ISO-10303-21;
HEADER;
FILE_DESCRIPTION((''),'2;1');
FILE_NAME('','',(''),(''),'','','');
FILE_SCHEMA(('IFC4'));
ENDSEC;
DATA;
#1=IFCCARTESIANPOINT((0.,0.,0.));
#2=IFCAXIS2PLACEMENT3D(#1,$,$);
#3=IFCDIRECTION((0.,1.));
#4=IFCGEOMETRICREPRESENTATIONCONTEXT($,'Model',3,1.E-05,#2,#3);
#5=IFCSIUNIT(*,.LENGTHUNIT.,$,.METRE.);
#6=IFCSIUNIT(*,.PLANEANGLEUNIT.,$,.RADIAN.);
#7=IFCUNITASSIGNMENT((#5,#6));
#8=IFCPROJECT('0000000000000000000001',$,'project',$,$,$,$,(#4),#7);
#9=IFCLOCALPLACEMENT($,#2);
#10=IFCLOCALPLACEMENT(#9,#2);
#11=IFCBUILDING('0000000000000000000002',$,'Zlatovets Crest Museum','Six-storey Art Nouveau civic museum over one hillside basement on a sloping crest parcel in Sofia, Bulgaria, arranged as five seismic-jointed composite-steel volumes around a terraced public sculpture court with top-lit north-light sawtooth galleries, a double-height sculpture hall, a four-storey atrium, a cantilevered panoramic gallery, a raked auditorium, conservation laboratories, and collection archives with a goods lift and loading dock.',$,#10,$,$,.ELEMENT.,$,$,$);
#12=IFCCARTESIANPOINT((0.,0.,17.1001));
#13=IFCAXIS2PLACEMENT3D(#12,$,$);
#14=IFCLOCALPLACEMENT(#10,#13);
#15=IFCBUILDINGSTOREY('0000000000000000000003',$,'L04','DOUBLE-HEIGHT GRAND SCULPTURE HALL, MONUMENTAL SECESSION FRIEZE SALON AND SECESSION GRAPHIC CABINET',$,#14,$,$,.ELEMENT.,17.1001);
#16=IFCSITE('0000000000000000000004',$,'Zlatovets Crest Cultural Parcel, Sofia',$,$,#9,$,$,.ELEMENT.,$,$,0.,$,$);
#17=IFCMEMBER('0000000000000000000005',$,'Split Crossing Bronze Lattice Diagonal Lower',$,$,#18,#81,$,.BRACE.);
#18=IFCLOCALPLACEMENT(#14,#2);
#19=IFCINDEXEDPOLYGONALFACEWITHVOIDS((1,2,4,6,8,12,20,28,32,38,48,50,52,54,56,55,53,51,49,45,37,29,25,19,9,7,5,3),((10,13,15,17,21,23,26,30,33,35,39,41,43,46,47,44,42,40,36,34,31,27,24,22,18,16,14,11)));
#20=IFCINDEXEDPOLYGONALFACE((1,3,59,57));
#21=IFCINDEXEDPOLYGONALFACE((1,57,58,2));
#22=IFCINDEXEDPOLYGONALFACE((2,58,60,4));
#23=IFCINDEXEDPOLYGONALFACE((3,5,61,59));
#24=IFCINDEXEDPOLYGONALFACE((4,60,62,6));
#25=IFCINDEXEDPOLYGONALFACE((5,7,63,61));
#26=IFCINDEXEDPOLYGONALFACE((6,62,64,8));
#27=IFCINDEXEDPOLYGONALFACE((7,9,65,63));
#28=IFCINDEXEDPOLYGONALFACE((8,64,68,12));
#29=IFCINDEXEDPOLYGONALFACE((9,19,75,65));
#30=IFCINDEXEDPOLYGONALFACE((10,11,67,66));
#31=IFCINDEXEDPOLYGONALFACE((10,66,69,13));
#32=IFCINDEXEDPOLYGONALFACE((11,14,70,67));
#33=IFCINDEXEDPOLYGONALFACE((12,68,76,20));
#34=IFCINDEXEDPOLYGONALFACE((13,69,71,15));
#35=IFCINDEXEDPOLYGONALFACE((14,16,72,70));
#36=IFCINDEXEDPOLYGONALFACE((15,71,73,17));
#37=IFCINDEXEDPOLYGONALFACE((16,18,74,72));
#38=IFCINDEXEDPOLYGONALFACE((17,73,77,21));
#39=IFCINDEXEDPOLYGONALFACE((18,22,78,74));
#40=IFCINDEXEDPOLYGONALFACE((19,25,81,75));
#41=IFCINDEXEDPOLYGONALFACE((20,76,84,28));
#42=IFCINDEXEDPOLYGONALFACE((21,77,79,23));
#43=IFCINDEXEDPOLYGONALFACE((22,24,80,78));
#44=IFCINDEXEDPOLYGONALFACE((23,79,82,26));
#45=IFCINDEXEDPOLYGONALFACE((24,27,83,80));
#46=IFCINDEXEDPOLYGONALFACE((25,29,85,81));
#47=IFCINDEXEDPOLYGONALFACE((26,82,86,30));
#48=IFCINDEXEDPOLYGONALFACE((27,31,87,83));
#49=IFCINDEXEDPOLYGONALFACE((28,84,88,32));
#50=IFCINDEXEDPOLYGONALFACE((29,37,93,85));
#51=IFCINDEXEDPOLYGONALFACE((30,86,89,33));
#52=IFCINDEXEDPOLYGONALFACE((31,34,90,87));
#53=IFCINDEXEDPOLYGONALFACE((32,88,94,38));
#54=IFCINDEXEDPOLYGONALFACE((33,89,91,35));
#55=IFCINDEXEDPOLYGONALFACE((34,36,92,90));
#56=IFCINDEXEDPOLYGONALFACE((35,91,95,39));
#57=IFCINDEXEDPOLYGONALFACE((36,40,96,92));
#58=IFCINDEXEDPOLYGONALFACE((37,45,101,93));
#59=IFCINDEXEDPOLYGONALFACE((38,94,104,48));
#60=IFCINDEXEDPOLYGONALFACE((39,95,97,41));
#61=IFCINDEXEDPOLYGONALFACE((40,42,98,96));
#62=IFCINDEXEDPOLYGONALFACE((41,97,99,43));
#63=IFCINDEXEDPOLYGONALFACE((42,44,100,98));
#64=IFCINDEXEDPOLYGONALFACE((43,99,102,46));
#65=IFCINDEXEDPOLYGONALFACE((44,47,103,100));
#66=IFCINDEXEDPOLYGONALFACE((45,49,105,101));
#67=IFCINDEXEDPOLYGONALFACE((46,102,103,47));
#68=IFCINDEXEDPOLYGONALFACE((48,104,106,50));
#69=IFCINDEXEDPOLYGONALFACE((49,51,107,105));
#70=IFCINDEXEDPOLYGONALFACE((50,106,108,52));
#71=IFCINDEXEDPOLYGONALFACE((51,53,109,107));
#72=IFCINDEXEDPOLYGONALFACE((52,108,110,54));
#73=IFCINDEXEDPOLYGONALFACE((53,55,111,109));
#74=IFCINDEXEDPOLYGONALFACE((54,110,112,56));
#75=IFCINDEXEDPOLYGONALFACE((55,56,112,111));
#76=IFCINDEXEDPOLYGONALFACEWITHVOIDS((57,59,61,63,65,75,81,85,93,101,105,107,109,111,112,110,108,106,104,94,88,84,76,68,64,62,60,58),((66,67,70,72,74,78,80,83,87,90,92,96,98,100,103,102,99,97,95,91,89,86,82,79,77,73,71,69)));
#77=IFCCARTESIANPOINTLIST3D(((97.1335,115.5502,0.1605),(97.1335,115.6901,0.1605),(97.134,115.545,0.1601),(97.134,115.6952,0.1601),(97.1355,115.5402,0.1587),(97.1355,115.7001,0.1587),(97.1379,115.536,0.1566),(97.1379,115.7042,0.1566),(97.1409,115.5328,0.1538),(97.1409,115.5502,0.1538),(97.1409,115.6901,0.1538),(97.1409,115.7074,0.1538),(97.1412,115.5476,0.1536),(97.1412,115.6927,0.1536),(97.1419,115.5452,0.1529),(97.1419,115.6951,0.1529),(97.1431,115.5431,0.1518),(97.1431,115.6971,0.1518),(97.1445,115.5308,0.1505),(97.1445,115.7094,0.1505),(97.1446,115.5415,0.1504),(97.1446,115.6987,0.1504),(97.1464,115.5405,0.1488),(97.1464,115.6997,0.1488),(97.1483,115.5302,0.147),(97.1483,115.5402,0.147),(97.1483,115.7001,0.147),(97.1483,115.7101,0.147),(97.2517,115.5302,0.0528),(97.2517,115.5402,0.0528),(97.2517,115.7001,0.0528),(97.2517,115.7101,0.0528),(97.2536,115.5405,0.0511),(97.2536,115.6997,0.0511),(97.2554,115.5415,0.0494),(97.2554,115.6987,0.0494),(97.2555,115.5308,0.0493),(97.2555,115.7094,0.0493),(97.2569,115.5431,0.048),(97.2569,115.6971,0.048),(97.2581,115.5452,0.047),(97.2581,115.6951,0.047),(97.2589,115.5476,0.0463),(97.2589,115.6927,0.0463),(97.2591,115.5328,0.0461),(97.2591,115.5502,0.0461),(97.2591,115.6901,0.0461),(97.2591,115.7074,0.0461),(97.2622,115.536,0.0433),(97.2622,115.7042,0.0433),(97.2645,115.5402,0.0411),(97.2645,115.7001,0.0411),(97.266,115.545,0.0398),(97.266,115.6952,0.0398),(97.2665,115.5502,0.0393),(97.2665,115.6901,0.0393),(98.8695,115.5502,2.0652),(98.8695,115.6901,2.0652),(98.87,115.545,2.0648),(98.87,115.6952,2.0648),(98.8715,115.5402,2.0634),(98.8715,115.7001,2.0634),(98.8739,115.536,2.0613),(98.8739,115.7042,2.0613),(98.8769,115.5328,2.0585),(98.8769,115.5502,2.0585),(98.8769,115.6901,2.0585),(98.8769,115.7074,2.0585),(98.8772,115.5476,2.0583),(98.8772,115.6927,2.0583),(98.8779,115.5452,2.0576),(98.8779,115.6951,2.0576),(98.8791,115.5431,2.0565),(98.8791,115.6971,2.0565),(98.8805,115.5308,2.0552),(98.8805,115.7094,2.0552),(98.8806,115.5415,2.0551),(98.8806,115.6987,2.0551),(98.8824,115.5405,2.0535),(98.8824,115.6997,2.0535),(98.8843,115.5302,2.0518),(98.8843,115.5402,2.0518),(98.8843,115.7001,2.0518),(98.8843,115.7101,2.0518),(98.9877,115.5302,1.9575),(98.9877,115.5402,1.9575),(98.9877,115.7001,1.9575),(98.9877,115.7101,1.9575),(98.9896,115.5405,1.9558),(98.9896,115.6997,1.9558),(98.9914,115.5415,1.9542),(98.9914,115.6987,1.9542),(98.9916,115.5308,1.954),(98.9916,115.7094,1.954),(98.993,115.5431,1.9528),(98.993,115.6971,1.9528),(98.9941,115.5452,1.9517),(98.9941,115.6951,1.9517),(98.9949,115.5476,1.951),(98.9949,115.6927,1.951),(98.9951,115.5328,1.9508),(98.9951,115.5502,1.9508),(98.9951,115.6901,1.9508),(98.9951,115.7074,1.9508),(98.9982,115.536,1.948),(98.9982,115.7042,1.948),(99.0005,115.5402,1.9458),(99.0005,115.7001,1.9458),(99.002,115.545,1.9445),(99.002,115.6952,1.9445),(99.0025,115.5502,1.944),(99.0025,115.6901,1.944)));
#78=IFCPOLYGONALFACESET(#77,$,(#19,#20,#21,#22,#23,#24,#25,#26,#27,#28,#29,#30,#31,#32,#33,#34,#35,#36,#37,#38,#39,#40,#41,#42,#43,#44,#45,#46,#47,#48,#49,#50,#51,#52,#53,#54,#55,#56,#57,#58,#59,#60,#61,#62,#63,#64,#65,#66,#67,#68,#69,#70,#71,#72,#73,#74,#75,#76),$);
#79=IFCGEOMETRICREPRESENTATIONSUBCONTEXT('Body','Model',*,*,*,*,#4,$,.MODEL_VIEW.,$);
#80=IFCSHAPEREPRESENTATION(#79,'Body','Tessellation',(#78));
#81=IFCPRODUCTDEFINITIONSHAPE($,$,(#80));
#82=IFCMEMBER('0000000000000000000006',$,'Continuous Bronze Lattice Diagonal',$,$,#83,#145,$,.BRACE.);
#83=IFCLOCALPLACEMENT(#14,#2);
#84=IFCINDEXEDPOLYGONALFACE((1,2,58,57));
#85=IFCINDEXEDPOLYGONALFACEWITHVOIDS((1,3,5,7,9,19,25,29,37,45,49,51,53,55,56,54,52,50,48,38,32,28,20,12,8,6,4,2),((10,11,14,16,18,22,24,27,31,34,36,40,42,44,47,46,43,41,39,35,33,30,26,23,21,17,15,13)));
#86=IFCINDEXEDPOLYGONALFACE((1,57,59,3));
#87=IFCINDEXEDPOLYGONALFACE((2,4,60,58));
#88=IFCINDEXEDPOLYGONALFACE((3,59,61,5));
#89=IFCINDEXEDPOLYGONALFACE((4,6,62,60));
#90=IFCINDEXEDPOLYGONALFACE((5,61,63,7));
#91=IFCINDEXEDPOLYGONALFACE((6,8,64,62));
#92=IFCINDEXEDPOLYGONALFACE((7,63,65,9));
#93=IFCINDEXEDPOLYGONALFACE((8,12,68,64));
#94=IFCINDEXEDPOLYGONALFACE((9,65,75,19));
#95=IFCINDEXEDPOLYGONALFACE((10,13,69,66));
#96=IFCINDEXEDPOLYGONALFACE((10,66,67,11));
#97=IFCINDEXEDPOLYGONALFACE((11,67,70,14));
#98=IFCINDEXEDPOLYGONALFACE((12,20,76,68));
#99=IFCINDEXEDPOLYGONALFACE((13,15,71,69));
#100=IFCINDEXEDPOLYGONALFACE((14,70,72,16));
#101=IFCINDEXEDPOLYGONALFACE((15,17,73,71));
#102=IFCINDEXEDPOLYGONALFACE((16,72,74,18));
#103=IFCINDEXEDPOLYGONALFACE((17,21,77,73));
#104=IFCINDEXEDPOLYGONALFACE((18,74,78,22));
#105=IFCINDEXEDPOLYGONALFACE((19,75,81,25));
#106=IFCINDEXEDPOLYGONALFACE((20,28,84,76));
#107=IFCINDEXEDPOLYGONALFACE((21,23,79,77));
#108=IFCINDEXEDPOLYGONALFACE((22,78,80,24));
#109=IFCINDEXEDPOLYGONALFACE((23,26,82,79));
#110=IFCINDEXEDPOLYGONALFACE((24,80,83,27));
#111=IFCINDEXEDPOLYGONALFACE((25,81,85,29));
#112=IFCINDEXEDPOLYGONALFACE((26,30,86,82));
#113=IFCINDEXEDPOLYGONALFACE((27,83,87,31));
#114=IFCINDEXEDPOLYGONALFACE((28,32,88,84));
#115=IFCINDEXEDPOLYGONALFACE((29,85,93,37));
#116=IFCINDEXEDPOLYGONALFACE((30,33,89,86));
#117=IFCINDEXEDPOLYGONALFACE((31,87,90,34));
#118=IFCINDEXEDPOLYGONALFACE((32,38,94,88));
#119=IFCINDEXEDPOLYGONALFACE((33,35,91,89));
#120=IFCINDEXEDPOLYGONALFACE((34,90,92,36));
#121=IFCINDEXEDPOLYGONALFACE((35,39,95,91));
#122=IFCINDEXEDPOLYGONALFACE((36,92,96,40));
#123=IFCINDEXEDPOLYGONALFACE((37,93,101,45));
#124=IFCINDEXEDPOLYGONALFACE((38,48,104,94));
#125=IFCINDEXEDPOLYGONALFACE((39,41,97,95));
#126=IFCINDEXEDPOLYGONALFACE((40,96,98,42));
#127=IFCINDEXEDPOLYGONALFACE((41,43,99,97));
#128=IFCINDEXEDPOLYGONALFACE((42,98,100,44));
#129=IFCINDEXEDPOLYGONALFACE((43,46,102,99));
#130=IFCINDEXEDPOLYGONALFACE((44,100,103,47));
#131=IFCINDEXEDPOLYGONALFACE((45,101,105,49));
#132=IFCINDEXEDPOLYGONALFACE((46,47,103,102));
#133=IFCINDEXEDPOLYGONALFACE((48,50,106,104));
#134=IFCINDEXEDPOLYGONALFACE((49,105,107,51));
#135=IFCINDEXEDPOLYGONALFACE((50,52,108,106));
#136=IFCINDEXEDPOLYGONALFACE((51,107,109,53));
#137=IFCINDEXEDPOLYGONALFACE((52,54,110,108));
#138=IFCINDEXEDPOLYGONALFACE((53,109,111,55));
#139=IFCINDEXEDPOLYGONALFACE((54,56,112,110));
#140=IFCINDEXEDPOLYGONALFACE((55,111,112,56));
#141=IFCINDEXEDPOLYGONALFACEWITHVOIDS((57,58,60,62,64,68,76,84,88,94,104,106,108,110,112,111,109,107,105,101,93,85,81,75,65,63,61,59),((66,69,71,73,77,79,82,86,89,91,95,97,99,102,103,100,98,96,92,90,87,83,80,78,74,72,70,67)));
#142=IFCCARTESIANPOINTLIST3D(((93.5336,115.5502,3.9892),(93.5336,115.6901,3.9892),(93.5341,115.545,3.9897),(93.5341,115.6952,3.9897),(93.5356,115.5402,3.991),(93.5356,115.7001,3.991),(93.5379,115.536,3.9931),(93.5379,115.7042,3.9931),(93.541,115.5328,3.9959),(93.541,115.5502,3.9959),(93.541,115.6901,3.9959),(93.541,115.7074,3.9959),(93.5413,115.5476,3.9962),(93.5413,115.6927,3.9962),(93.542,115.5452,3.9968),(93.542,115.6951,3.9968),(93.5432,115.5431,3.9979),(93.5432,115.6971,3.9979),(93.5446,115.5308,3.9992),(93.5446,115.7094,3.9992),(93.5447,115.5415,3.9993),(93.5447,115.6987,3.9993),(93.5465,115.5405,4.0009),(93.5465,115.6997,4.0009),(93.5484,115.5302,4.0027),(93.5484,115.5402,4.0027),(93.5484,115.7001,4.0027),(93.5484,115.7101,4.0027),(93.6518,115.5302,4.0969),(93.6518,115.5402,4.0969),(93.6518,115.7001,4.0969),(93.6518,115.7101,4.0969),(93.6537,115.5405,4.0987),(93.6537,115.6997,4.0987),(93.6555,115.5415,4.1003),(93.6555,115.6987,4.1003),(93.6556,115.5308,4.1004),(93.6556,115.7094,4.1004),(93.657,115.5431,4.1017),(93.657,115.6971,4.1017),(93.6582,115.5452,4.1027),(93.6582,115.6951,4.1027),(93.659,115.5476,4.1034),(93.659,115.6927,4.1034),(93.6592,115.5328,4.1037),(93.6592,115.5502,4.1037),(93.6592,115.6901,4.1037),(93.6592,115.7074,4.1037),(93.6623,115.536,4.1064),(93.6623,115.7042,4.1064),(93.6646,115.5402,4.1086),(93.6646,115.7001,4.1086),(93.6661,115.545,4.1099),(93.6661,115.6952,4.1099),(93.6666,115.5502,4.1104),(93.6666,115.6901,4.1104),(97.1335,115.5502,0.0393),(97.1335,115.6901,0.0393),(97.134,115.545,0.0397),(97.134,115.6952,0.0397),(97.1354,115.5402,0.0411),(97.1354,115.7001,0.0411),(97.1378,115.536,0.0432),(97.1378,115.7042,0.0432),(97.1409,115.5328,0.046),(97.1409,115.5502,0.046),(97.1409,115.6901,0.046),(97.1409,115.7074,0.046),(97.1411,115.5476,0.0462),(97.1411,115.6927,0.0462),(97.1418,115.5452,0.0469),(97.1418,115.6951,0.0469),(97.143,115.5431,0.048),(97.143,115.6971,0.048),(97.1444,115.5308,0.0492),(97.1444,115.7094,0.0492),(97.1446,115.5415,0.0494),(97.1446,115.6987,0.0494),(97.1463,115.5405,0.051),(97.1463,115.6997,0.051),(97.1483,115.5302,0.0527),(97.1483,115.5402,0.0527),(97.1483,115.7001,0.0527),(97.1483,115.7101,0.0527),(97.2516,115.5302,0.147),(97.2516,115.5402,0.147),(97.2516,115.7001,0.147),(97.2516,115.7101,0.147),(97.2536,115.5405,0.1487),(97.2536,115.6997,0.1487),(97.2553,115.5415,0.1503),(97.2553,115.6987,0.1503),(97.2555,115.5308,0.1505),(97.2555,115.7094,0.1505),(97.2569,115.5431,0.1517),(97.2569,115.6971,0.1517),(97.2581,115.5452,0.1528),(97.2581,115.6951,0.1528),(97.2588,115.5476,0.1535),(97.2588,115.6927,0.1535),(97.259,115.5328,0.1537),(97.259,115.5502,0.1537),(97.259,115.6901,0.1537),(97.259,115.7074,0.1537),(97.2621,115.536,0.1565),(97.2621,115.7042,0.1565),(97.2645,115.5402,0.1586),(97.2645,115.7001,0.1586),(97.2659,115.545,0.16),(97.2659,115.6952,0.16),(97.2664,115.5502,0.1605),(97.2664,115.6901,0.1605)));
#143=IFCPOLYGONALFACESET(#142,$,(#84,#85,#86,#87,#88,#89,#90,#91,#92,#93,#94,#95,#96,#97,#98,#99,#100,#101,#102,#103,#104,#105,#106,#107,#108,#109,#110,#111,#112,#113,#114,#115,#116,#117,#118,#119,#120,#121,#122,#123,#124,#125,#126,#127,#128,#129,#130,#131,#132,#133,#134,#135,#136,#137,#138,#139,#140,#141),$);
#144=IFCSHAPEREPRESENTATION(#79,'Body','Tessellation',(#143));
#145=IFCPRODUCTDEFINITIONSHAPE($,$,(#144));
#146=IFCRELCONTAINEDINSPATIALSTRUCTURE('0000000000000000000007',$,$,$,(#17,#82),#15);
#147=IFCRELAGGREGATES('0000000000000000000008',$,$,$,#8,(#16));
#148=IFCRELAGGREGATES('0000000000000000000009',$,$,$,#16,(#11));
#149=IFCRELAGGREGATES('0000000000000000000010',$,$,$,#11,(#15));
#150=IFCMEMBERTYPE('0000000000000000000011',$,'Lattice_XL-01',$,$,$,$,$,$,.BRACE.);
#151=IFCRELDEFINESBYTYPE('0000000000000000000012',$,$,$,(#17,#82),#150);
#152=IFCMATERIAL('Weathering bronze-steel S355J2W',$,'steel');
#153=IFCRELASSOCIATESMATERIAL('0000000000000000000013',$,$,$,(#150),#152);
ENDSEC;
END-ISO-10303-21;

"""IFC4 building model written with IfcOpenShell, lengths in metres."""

from ifc_helpers import new_model, si_unit, direction, frame, origin, origin_2d, place, context, subcontext, project, spatial, hollow_rectangle, extrude, material, material_profile, profile_set, type_object, element, save


model = new_model("IFC4")

# Units and contexts
model_context = context("Model", 3, precision=1e-05, world=origin(), true_north=direction((0.0, 1.0)))
body_context = subcontext(model_context, "Body", "Model", "MODEL_VIEW")
ifc_project = project(units=[si_unit("LENGTHUNIT", "METRE"), si_unit("PLANEANGLEUNIT", "RADIAN")], contexts=[model_context])

# Site, building, storey
site_placement = place(None, origin())
site = spatial("IfcSite", under=ifc_project, at=site_placement, Name="Zlatovets Crest Cultural Parcel, Sofia", CompositionType="ELEMENT", RefElevation=0.0)
building_placement = place(site_placement, origin())
building = spatial("IfcBuilding", under=site, at=building_placement, Name="Zlatovets Crest Museum", Description="Six-storey Art Nouveau civic museum over one hillside basement on a sloping crest parcel in Sofia, Bulgaria, arranged as five seismic-jointed composite-steel volumes around a terraced public sculpture court with top-lit north-light sawtooth galleries, a double-height sculpture hall, a four-storey atrium, a cantilevered panoramic gallery, a raked auditorium, conservation laboratories, and collection archives with a goods lift and loading dock.", CompositionType="ELEMENT")
storey_placement = place(building_placement, frame((0.0, 0.0, 17.1001)))
storey = spatial("IfcBuildingStorey", under=building, at=storey_placement, Name="L04", Description="DOUBLE-HEIGHT GRAND SCULPTURE HALL, MONUMENTAL SECESSION FRIEZE SALON AND SECESSION GRAPHIC CABINET", CompositionType="ELEMENT", Elevation=17.1001)

# Members
ifc_material_1 = material(Name="Weathering bronze-steel S355J2W", Category="steel")
ifc_material_profile_1 = material_profile(ifc_material_1, hollow_rectangle(XDim=0.1799, YDim=0.1799, WallThickness=0.01, InnerFilletRadius=0.01, OuterFilletRadius=0.02, at=origin_2d()), Name="SHS 180x180x10.0")
ifc_profile_set_1 = profile_set([ifc_material_profile_1], Name="Weathering bronze-steel S355J2W")
member_type_1 = type_object("IfcMemberType", Name="Lattice_XL-01", PredefinedType="BRACE", material=ifc_profile_set_1)
member_1_placement = place(storey_placement, frame((98.936, 115.6201, 2.0046), z_axis=(-0.67362, 0.0, -0.739078), x_axis=(0.0, -1.0, 0.0)))
element("IfcMember", 1, at=member_1_placement, inside=storey, type_object=member_type_1, Name="Split Crossing Bronze Lattice Diagonal Lower", PredefinedType="BRACE", context=body_context, shape_type="SweptSolid", body=[
    extrude(hollow_rectangle(XDim=0.1799, YDim=0.1799, WallThickness=0.01, InnerFilletRadius=0.01, OuterFilletRadius=0.02, at=origin_2d()), origin(), (0.0, 0.0, 1.0), 2.5771),
])
member_2_placement = place(storey_placement, frame((97.2, 115.6201, 0.0999), z_axis=(-0.673593, 0.0, 0.739102), x_axis=(0.0, -1.0, 0.0)))
element("IfcMember", 2, at=member_2_placement, inside=storey, type_object=member_type_1, Name="Continuous Bronze Lattice Diagonal", PredefinedType="BRACE", context=body_context, shape_type="SweptSolid", body=[
    extrude(hollow_rectangle(XDim=0.1799, YDim=0.1799, WallThickness=0.01, InnerFilletRadius=0.01, OuterFilletRadius=0.02, at=origin_2d()), origin(), (0.0, 0.0, 1.0), 5.3442),
])

save(model, "model.ifc")
